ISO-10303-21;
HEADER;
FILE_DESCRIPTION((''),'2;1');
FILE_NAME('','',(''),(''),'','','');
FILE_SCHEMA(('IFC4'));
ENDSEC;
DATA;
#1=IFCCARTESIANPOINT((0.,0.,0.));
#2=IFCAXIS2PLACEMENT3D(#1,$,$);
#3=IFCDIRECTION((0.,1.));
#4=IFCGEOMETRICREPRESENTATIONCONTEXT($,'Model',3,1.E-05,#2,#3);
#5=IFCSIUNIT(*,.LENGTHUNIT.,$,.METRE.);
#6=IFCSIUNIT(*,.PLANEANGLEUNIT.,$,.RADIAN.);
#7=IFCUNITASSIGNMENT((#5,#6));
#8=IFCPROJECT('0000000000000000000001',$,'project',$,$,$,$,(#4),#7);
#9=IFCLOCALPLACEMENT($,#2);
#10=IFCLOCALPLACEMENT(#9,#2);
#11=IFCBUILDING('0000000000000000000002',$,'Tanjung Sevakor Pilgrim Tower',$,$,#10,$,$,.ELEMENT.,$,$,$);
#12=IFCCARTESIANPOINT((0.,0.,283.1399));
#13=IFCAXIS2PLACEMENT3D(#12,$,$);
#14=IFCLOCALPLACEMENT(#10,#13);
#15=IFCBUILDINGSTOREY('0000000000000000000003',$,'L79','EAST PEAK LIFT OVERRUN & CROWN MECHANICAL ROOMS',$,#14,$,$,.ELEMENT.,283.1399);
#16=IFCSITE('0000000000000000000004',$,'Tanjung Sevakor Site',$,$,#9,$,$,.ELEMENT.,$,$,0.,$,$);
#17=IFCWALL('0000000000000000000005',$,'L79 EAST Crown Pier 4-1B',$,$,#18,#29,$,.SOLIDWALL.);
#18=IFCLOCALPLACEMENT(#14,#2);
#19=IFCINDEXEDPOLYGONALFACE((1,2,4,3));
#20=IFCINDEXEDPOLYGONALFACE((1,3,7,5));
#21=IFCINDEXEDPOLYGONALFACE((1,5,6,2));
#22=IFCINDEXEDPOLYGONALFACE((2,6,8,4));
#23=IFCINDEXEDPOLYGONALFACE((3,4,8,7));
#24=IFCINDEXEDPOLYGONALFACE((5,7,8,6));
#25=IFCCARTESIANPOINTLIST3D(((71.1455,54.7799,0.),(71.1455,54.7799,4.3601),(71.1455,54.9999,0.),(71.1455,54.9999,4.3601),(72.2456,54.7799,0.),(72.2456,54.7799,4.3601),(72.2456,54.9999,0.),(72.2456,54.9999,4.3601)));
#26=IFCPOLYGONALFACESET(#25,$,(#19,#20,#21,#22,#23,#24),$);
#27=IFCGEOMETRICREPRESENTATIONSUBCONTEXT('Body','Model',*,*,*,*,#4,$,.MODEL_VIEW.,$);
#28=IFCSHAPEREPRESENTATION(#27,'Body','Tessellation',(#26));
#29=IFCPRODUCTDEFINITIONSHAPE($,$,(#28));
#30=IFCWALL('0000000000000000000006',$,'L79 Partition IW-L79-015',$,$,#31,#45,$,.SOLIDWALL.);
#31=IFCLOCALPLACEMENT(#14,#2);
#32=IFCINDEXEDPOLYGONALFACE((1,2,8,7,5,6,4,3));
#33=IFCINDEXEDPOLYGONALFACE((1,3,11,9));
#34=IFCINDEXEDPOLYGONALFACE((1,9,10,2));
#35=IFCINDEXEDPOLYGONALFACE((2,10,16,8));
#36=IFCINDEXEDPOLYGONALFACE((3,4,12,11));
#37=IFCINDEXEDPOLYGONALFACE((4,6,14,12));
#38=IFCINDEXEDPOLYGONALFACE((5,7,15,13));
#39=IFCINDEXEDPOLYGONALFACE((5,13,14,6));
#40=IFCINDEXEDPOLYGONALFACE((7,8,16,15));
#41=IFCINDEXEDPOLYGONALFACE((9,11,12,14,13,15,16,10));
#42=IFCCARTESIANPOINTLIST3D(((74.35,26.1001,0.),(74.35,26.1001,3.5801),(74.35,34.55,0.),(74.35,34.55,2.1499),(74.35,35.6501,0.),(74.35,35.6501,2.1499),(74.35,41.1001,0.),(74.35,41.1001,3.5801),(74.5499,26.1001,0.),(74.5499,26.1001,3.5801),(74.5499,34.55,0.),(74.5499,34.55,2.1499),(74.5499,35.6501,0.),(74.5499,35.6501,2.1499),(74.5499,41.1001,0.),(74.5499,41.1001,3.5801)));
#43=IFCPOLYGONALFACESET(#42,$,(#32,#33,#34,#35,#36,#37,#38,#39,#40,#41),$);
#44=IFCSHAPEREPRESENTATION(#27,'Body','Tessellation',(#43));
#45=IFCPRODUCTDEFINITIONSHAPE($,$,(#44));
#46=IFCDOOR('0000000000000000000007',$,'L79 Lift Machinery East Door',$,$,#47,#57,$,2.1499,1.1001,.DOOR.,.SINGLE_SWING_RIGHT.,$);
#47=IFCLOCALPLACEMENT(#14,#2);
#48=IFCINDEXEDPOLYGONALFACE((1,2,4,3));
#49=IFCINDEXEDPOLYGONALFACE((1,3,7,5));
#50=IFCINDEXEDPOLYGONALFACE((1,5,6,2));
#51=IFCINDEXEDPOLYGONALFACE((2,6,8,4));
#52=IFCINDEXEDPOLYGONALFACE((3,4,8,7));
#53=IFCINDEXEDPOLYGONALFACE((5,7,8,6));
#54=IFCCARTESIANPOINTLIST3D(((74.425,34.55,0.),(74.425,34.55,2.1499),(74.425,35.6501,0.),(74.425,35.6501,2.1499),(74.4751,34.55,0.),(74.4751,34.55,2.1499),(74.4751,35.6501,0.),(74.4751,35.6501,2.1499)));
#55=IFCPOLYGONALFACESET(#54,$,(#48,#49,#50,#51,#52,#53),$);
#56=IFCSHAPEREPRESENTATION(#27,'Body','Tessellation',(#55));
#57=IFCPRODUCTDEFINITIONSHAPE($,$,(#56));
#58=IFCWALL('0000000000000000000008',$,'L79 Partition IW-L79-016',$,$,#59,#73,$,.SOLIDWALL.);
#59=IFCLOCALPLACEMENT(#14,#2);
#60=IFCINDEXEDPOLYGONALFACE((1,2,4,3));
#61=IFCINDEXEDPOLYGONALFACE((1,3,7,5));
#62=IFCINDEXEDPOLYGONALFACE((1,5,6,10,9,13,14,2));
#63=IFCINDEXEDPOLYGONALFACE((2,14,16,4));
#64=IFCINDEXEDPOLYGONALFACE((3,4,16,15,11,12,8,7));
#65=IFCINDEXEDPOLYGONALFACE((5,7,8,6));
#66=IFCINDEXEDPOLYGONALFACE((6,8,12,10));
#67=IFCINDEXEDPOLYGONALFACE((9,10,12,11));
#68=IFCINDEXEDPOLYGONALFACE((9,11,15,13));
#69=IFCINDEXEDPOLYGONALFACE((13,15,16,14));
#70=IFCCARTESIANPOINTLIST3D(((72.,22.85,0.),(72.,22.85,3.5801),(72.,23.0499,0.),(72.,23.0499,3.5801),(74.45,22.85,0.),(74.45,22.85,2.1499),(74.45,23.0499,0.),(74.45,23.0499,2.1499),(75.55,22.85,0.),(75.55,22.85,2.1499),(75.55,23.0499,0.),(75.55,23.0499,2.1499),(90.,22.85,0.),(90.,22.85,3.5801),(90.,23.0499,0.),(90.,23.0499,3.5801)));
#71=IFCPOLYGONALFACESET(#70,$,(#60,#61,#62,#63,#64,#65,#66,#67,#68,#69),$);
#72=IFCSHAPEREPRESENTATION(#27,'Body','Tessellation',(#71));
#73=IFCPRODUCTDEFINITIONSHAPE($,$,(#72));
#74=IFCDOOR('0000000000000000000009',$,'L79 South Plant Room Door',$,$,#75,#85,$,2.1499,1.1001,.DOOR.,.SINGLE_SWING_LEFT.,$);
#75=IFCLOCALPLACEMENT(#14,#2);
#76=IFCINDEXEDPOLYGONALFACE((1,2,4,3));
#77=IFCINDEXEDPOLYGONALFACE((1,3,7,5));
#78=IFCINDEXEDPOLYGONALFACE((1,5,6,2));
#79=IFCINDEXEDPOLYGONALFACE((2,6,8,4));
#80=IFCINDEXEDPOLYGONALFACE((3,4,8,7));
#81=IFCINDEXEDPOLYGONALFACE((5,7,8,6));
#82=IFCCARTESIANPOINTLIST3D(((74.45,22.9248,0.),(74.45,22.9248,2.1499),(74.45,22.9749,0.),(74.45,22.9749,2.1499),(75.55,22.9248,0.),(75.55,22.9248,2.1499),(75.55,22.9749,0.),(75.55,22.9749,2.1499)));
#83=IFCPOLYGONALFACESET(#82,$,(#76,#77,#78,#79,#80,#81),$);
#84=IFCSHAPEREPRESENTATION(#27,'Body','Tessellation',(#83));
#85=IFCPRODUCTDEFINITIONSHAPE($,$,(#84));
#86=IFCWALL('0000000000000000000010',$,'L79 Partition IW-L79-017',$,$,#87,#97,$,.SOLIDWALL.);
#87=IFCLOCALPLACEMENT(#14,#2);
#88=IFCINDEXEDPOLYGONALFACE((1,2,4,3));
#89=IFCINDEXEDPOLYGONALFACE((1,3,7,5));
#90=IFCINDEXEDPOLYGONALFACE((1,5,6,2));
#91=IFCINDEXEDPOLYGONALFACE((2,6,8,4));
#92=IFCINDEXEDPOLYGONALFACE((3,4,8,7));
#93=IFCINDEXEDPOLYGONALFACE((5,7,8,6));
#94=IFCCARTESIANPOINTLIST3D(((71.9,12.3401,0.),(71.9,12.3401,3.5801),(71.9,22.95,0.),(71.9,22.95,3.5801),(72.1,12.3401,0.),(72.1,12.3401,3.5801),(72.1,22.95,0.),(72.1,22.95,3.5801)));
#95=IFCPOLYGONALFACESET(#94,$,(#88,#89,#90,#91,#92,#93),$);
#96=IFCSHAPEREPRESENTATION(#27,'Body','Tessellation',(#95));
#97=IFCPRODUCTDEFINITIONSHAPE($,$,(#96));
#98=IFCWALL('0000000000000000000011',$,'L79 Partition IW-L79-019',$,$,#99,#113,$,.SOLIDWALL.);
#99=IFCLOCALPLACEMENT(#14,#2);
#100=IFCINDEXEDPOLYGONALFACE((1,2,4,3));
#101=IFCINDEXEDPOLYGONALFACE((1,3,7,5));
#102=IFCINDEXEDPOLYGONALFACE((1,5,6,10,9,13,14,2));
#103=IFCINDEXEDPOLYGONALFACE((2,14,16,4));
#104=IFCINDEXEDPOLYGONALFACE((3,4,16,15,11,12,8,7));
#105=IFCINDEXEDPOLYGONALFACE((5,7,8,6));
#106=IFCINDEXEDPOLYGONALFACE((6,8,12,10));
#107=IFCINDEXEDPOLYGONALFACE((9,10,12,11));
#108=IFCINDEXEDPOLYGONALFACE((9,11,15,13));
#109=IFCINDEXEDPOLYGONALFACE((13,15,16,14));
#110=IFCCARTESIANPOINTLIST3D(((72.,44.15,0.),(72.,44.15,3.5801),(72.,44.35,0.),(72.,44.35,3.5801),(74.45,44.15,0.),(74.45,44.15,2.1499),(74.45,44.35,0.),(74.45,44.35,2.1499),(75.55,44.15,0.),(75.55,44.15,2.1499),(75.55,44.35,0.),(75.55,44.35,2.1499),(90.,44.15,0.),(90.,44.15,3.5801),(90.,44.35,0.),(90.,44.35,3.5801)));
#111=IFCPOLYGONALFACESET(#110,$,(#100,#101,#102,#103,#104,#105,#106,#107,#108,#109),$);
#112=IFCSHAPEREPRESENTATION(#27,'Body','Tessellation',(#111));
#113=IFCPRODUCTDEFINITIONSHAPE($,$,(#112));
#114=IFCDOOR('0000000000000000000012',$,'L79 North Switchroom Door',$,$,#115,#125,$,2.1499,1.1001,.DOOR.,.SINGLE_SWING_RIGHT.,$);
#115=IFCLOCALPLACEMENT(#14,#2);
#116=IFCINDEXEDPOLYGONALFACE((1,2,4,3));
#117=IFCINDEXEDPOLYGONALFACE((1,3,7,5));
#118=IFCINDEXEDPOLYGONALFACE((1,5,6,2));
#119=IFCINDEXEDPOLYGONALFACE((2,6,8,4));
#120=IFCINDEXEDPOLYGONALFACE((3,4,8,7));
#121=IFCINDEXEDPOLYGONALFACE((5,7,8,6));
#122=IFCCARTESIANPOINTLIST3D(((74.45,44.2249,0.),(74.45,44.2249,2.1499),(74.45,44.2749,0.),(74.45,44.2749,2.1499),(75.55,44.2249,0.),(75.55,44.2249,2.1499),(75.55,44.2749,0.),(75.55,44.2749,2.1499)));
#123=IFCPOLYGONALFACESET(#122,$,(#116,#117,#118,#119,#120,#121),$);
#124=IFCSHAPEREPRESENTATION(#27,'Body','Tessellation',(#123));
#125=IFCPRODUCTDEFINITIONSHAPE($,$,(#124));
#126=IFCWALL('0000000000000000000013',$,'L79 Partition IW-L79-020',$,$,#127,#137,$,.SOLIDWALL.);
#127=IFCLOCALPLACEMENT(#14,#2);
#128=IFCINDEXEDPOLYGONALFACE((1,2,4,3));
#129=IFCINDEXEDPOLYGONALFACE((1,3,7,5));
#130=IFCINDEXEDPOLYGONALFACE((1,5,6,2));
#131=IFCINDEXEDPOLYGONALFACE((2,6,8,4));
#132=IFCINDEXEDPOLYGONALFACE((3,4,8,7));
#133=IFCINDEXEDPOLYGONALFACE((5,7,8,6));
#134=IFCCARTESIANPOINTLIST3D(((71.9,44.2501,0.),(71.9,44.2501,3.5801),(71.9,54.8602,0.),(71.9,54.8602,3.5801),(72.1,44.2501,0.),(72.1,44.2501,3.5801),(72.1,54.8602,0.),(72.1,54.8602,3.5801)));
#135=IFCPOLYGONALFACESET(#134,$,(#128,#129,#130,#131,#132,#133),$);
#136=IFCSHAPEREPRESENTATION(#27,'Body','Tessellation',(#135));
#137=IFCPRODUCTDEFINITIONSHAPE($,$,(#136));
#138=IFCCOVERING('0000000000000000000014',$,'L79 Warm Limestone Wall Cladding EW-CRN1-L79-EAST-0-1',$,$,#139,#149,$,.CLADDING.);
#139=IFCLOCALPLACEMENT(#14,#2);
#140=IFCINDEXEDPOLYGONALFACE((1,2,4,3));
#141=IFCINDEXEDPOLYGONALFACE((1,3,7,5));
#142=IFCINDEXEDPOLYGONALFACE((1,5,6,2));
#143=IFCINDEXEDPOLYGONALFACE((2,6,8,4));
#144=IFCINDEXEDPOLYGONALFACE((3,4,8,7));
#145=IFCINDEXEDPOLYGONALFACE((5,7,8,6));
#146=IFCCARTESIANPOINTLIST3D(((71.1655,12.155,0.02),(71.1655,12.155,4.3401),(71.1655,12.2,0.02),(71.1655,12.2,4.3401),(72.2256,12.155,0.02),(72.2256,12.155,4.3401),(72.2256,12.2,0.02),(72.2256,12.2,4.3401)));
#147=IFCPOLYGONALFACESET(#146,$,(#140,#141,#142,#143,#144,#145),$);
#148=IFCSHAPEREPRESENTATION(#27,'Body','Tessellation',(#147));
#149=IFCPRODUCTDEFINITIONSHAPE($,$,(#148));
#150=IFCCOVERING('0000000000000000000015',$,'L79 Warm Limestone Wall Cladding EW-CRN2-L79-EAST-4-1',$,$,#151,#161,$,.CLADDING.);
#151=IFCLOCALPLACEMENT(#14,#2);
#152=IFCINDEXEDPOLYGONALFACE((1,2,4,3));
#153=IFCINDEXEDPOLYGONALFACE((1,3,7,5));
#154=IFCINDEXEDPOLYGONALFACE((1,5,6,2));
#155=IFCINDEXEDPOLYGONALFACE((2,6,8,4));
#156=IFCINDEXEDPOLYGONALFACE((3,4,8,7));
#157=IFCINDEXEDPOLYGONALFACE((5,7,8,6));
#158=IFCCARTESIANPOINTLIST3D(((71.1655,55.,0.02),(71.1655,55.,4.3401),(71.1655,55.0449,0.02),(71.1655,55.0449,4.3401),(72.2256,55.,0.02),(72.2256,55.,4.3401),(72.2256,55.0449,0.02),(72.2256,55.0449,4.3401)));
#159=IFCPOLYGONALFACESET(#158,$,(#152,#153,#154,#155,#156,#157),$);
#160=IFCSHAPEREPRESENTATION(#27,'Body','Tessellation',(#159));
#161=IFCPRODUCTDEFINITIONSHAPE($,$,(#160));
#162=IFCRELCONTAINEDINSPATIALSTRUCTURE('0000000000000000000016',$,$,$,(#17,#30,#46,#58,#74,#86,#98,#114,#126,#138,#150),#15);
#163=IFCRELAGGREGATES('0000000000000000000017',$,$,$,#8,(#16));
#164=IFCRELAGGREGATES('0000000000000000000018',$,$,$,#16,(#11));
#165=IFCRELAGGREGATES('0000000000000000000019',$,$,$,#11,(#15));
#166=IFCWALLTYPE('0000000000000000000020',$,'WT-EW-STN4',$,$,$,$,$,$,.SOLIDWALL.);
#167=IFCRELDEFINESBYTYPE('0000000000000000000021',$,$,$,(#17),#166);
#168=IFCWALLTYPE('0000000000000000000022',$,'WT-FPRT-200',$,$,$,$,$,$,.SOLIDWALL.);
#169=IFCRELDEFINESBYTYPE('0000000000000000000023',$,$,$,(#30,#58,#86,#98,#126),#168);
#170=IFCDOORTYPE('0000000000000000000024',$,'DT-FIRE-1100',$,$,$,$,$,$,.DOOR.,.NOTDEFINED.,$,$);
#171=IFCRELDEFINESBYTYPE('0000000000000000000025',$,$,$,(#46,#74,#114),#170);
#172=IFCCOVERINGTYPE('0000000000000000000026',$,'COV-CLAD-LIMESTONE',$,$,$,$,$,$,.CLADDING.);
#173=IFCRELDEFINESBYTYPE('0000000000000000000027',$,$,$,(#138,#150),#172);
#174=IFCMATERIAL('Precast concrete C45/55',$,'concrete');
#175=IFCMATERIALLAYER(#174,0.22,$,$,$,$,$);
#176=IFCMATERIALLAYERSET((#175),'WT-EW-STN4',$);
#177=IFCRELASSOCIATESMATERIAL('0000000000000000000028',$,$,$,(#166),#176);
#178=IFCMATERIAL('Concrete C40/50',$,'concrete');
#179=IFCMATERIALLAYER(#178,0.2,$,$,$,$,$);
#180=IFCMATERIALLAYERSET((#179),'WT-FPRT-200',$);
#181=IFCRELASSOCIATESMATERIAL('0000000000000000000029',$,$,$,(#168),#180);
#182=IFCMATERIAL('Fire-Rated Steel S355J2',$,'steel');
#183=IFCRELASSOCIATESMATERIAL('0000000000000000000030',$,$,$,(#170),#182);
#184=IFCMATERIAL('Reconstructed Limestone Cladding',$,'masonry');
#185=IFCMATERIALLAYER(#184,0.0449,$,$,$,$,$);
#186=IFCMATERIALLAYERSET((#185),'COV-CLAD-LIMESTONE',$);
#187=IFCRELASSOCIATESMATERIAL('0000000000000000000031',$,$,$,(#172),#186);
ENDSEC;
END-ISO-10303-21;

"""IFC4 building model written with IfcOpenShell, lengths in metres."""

from ifc_helpers import new_model, si_unit, direction, frame, frame_2d, origin, origin_2d, place, context, subcontext, project, spatial, rectangle, extrude, material, layer, layer_set, type_object, element, fill, save


model = new_model("IFC4")

# Units and contexts
model_context = context("Model", 3, precision=1e-05, world=origin(), true_north=direction((0.0, 1.0)))
body_context = subcontext(model_context, "Body", "Model", "MODEL_VIEW")
ifc_project = project(units=[si_unit("LENGTHUNIT", "METRE"), si_unit("PLANEANGLEUNIT", "RADIAN")], contexts=[model_context])

# Site, building, storey
site_placement = place(None, origin())
site = spatial("IfcSite", under=ifc_project, at=site_placement, Name="Tanjung Sevakor Site", CompositionType="ELEMENT", RefElevation=0.0)
building_placement = place(site_placement, origin())
building = spatial("IfcBuilding", under=site, at=building_placement, Name="Tanjung Sevakor Pilgrim Tower", CompositionType="ELEMENT")
storey_placement = place(building_placement, frame((0.0, 0.0, 283.1399)))
storey = spatial("IfcBuildingStorey", under=building, at=storey_placement, Name="L79", Description="EAST PEAK LIFT OVERRUN & CROWN MECHANICAL ROOMS", CompositionType="ELEMENT", Elevation=283.1399)

# Wall
ifc_material_1 = material(Name="Precast concrete C45/55", Category="concrete")
ifc_layer_1 = layer(ifc_material_1, 0.22)
ifc_layer_set_1 = layer_set([ifc_layer_1], Name="WT-EW-STN4")
wall_type_1 = type_object("IfcWallType", Name="WT-EW-STN4", PredefinedType="SOLIDWALL", material=ifc_layer_set_1)
wall_1_placement = place(storey_placement, frame((72.2456, 54.8899, 0.0), z_axis=(0.0, 0.0, 1.0), x_axis=(-1.0, 0.0, 0.0)))
element("IfcWall", 1, at=wall_1_placement, inside=storey, type_object=wall_type_1, Name="L79 EAST Crown Pier 4-1B", PredefinedType="SOLIDWALL", context=body_context, shape_type="SweptSolid", body=[
    extrude(rectangle(XDim=1.1001, YDim=0.22, at=frame_2d((0.55, 0.0))), origin(), (0.0, 0.0, 1.0), 4.3601),
])

# Walls, openings, doors
ifc_material_2 = material(Name="Concrete C40/50", Category="concrete")
ifc_layer_2 = layer(ifc_material_2, 0.2)
ifc_layer_set_2 = layer_set([ifc_layer_2], Name="WT-FPRT-200")
wall_type_2 = type_object("IfcWallType", Name="WT-FPRT-200", PredefinedType="SOLIDWALL", material=ifc_layer_set_2)
wall_2_placement = place(storey_placement, frame((74.45, 26.1001, 0.0), z_axis=(0.0, 0.0, 1.0), x_axis=(0.0, 1.0, 0.0)))
wall_2 = element("IfcWall", 2, at=wall_2_placement, inside=storey, type_object=wall_type_2, Name="L79 Partition IW-L79-015", PredefinedType="SOLIDWALL", context=body_context, shape_type="SweptSolid", body=[
    extrude(rectangle(XDim=15.0, YDim=0.2, at=frame_2d((7.5, 0.0))), origin(), (0.0, 0.0, 1.0), 3.5801),
])
opening_1_placement = place(wall_2_placement, frame((8.45, 0.0, 0.0)))
opening_1 = element("IfcOpeningElement", 3, at=opening_1_placement, cuts=wall_2, PredefinedType="OPENING", context=body_context, shape_type="SweptSolid", body=[
    extrude(rectangle(XDim=1.1001, YDim=2.1499, at=frame_2d((0.55, 1.075))), frame((0.0, 0.1099, 0.0), z_axis=(0.0, -1.0, 0.0), x_axis=(1.0, 0.0, 0.0)), (0.0, 0.0, 1.0), 0.22),
])
ifc_material_3 = material(Name="Fire-Rated Steel S355J2", Category="steel")
door_type = type_object("IfcDoorType", Name="DT-FIRE-1100", OperationType="NOTDEFINED", PredefinedType="DOOR", material=ifc_material_3)
door_1_placement = place(opening_1_placement, origin())
door_1 = element("IfcDoor", 4, at=door_1_placement, inside=storey, type_object=door_type, Name="L79 Lift Machinery East Door", OperationType="SINGLE_SWING_RIGHT", OverallHeight=2.1499, OverallWidth=1.1001, PredefinedType="DOOR", context=body_context, shape_type="SweptSolid", body=[
    extrude(rectangle(XDim=1.1001, YDim=2.1499, at=frame_2d((0.55, 1.075))), frame((0.0, 0.0249, 0.0), z_axis=(0.0, -1.0, 0.0), x_axis=(1.0, 0.0, 0.0)), (0.0, 0.0, 1.0), 0.05),
])
fill(opening_1, door_1)
wall_3_placement = place(storey_placement, frame((72.0, 22.95, 0.0), z_axis=(0.0, 0.0, 1.0), x_axis=(1.0, 0.0, 0.0)))
wall_3 = element("IfcWall", 5, at=wall_3_placement, inside=storey, type_object=wall_type_2, Name="L79 Partition IW-L79-016", PredefinedType="SOLIDWALL", context=body_context, shape_type="SweptSolid", body=[
    extrude(rectangle(XDim=18.0, YDim=0.2, at=frame_2d((9.0, 0.0))), origin(), (0.0, 0.0, 1.0), 3.5801),
])
opening_2_placement = place(wall_3_placement, frame((2.45, 0.0, 0.0)))
opening_2 = element("IfcOpeningElement", 6, at=opening_2_placement, cuts=wall_3, PredefinedType="OPENING", context=body_context, shape_type="SweptSolid", body=[
    extrude(rectangle(XDim=1.1001, YDim=2.1499, at=frame_2d((0.55, 1.075))), frame((0.0, 0.1099, 0.0), z_axis=(0.0, -1.0, 0.0), x_axis=(1.0, 0.0, 0.0)), (0.0, 0.0, 1.0), 0.22),
])
door_2_placement = place(opening_2_placement, origin())
door_2 = element("IfcDoor", 7, at=door_2_placement, inside=storey, type_object=door_type, Name="L79 South Plant Room Door", OperationType="SINGLE_SWING_LEFT", OverallHeight=2.1499, OverallWidth=1.1001, PredefinedType="DOOR", context=body_context, shape_type="SweptSolid", body=[
    extrude(rectangle(XDim=1.1001, YDim=2.1499, at=frame_2d((0.55, 1.075))), frame((0.0, 0.0249, 0.0), z_axis=(0.0, -1.0, 0.0), x_axis=(1.0, 0.0, 0.0)), (0.0, 0.0, 1.0), 0.05),
])
fill(opening_2, door_2)

# Wall
wall_4_placement = place(storey_placement, frame((72.0, 12.3401, 0.0), z_axis=(0.0, 0.0, 1.0), x_axis=(0.0, 1.0, 0.0)))
element("IfcWall", 8, at=wall_4_placement, inside=storey, type_object=wall_type_2, Name="L79 Partition IW-L79-017", PredefinedType="SOLIDWALL", context=body_context, shape_type="SweptSolid", body=[
    extrude(rectangle(XDim=10.6099, YDim=0.2, at=frame_2d((5.3049, 0.0))), origin(), (0.0, 0.0, 1.0), 3.5801),
])

# Wall, opening, door
wall_5_placement = place(storey_placement, frame((72.0, 44.25, 0.0), z_axis=(0.0, 0.0, 1.0), x_axis=(1.0, 0.0, 0.0)))
wall_5 = element("IfcWall", 9, at=wall_5_placement, inside=storey, type_object=wall_type_2, Name="L79 Partition IW-L79-019", PredefinedType="SOLIDWALL", context=body_context, shape_type="SweptSolid", body=[
    extrude(rectangle(XDim=18.0, YDim=0.2, at=frame_2d((9.0, 0.0))), origin(), (0.0, 0.0, 1.0), 3.5801),
])
opening_3_placement = place(wall_5_placement, frame((2.45, 0.0, 0.0)))
opening_3 = element("IfcOpeningElement", 10, at=opening_3_placement, cuts=wall_5, PredefinedType="OPENING", context=body_context, shape_type="SweptSolid", body=[
    extrude(rectangle(XDim=1.1001, YDim=2.1499, at=frame_2d((0.55, 1.075))), frame((0.0, 0.1099, 0.0), z_axis=(0.0, -1.0, 0.0), x_axis=(1.0, 0.0, 0.0)), (0.0, 0.0, 1.0), 0.22),
])
door_3_placement = place(opening_3_placement, origin())
door_3 = element("IfcDoor", 11, at=door_3_placement, inside=storey, type_object=door_type, Name="L79 North Switchroom Door", OperationType="SINGLE_SWING_RIGHT", OverallHeight=2.1499, OverallWidth=1.1001, PredefinedType="DOOR", context=body_context, shape_type="SweptSolid", body=[
    extrude(rectangle(XDim=1.1001, YDim=2.1499, at=frame_2d((0.55, 1.075))), frame((0.0, 0.0249, 0.0), z_axis=(0.0, -1.0, 0.0), x_axis=(1.0, 0.0, 0.0)), (0.0, 0.0, 1.0), 0.05),
])
fill(opening_3, door_3)

# Wall
wall_6_placement = place(storey_placement, frame((72.0, 44.25, 0.0), z_axis=(0.0, 0.0, 1.0), x_axis=(0.0, 1.0, 0.0)))
element("IfcWall", 12, at=wall_6_placement, inside=storey, type_object=wall_type_2, Name="L79 Partition IW-L79-020", PredefinedType="SOLIDWALL", context=body_context, shape_type="SweptSolid", body=[
    extrude(rectangle(XDim=10.6101, YDim=0.2, at=frame_2d((5.3052, 0.0))), origin(), (0.0, 0.0, 1.0), 3.5801),
])

# Coverings
ifc_material_4 = material(Name="Reconstructed Limestone Cladding", Category="masonry")
ifc_layer_3 = layer(ifc_material_4, 0.0449)
ifc_layer_set_3 = layer_set([ifc_layer_3], Name="COV-CLAD-LIMESTONE")
covering_type = type_object("IfcCoveringType", Name="COV-CLAD-LIMESTONE", PredefinedType="CLADDING", material=ifc_layer_set_3)
for number, where, z_axis, x_axis, name in (
    (13, (71.6956, 12.1775, 0.02), (0.0, 0.0, 1.0), (1.0, 0.0, 0.0), "L79 Warm Limestone Wall Cladding EW-CRN1-L79-EAST-0-1"),
    (14, (71.6956, 55.0225, 0.02), (0.0, 0.0, 1.0), (-1.0, 0.0, 0.0), "L79 Warm Limestone Wall Cladding EW-CRN2-L79-EAST-4-1"),
):
    element("IfcCovering", number, at=place(storey_placement, frame(where, z_axis=z_axis, x_axis=x_axis)), inside=storey, type_object=covering_type, Name=name, PredefinedType="CLADDING", context=body_context, shape_type="SweptSolid", body=[
        extrude(rectangle(XDim=1.0601, YDim=0.0449, at=origin_2d()), origin(), (0.0, 0.0, 1.0), 4.3201),
    ])

save(model, "model.ifc")
